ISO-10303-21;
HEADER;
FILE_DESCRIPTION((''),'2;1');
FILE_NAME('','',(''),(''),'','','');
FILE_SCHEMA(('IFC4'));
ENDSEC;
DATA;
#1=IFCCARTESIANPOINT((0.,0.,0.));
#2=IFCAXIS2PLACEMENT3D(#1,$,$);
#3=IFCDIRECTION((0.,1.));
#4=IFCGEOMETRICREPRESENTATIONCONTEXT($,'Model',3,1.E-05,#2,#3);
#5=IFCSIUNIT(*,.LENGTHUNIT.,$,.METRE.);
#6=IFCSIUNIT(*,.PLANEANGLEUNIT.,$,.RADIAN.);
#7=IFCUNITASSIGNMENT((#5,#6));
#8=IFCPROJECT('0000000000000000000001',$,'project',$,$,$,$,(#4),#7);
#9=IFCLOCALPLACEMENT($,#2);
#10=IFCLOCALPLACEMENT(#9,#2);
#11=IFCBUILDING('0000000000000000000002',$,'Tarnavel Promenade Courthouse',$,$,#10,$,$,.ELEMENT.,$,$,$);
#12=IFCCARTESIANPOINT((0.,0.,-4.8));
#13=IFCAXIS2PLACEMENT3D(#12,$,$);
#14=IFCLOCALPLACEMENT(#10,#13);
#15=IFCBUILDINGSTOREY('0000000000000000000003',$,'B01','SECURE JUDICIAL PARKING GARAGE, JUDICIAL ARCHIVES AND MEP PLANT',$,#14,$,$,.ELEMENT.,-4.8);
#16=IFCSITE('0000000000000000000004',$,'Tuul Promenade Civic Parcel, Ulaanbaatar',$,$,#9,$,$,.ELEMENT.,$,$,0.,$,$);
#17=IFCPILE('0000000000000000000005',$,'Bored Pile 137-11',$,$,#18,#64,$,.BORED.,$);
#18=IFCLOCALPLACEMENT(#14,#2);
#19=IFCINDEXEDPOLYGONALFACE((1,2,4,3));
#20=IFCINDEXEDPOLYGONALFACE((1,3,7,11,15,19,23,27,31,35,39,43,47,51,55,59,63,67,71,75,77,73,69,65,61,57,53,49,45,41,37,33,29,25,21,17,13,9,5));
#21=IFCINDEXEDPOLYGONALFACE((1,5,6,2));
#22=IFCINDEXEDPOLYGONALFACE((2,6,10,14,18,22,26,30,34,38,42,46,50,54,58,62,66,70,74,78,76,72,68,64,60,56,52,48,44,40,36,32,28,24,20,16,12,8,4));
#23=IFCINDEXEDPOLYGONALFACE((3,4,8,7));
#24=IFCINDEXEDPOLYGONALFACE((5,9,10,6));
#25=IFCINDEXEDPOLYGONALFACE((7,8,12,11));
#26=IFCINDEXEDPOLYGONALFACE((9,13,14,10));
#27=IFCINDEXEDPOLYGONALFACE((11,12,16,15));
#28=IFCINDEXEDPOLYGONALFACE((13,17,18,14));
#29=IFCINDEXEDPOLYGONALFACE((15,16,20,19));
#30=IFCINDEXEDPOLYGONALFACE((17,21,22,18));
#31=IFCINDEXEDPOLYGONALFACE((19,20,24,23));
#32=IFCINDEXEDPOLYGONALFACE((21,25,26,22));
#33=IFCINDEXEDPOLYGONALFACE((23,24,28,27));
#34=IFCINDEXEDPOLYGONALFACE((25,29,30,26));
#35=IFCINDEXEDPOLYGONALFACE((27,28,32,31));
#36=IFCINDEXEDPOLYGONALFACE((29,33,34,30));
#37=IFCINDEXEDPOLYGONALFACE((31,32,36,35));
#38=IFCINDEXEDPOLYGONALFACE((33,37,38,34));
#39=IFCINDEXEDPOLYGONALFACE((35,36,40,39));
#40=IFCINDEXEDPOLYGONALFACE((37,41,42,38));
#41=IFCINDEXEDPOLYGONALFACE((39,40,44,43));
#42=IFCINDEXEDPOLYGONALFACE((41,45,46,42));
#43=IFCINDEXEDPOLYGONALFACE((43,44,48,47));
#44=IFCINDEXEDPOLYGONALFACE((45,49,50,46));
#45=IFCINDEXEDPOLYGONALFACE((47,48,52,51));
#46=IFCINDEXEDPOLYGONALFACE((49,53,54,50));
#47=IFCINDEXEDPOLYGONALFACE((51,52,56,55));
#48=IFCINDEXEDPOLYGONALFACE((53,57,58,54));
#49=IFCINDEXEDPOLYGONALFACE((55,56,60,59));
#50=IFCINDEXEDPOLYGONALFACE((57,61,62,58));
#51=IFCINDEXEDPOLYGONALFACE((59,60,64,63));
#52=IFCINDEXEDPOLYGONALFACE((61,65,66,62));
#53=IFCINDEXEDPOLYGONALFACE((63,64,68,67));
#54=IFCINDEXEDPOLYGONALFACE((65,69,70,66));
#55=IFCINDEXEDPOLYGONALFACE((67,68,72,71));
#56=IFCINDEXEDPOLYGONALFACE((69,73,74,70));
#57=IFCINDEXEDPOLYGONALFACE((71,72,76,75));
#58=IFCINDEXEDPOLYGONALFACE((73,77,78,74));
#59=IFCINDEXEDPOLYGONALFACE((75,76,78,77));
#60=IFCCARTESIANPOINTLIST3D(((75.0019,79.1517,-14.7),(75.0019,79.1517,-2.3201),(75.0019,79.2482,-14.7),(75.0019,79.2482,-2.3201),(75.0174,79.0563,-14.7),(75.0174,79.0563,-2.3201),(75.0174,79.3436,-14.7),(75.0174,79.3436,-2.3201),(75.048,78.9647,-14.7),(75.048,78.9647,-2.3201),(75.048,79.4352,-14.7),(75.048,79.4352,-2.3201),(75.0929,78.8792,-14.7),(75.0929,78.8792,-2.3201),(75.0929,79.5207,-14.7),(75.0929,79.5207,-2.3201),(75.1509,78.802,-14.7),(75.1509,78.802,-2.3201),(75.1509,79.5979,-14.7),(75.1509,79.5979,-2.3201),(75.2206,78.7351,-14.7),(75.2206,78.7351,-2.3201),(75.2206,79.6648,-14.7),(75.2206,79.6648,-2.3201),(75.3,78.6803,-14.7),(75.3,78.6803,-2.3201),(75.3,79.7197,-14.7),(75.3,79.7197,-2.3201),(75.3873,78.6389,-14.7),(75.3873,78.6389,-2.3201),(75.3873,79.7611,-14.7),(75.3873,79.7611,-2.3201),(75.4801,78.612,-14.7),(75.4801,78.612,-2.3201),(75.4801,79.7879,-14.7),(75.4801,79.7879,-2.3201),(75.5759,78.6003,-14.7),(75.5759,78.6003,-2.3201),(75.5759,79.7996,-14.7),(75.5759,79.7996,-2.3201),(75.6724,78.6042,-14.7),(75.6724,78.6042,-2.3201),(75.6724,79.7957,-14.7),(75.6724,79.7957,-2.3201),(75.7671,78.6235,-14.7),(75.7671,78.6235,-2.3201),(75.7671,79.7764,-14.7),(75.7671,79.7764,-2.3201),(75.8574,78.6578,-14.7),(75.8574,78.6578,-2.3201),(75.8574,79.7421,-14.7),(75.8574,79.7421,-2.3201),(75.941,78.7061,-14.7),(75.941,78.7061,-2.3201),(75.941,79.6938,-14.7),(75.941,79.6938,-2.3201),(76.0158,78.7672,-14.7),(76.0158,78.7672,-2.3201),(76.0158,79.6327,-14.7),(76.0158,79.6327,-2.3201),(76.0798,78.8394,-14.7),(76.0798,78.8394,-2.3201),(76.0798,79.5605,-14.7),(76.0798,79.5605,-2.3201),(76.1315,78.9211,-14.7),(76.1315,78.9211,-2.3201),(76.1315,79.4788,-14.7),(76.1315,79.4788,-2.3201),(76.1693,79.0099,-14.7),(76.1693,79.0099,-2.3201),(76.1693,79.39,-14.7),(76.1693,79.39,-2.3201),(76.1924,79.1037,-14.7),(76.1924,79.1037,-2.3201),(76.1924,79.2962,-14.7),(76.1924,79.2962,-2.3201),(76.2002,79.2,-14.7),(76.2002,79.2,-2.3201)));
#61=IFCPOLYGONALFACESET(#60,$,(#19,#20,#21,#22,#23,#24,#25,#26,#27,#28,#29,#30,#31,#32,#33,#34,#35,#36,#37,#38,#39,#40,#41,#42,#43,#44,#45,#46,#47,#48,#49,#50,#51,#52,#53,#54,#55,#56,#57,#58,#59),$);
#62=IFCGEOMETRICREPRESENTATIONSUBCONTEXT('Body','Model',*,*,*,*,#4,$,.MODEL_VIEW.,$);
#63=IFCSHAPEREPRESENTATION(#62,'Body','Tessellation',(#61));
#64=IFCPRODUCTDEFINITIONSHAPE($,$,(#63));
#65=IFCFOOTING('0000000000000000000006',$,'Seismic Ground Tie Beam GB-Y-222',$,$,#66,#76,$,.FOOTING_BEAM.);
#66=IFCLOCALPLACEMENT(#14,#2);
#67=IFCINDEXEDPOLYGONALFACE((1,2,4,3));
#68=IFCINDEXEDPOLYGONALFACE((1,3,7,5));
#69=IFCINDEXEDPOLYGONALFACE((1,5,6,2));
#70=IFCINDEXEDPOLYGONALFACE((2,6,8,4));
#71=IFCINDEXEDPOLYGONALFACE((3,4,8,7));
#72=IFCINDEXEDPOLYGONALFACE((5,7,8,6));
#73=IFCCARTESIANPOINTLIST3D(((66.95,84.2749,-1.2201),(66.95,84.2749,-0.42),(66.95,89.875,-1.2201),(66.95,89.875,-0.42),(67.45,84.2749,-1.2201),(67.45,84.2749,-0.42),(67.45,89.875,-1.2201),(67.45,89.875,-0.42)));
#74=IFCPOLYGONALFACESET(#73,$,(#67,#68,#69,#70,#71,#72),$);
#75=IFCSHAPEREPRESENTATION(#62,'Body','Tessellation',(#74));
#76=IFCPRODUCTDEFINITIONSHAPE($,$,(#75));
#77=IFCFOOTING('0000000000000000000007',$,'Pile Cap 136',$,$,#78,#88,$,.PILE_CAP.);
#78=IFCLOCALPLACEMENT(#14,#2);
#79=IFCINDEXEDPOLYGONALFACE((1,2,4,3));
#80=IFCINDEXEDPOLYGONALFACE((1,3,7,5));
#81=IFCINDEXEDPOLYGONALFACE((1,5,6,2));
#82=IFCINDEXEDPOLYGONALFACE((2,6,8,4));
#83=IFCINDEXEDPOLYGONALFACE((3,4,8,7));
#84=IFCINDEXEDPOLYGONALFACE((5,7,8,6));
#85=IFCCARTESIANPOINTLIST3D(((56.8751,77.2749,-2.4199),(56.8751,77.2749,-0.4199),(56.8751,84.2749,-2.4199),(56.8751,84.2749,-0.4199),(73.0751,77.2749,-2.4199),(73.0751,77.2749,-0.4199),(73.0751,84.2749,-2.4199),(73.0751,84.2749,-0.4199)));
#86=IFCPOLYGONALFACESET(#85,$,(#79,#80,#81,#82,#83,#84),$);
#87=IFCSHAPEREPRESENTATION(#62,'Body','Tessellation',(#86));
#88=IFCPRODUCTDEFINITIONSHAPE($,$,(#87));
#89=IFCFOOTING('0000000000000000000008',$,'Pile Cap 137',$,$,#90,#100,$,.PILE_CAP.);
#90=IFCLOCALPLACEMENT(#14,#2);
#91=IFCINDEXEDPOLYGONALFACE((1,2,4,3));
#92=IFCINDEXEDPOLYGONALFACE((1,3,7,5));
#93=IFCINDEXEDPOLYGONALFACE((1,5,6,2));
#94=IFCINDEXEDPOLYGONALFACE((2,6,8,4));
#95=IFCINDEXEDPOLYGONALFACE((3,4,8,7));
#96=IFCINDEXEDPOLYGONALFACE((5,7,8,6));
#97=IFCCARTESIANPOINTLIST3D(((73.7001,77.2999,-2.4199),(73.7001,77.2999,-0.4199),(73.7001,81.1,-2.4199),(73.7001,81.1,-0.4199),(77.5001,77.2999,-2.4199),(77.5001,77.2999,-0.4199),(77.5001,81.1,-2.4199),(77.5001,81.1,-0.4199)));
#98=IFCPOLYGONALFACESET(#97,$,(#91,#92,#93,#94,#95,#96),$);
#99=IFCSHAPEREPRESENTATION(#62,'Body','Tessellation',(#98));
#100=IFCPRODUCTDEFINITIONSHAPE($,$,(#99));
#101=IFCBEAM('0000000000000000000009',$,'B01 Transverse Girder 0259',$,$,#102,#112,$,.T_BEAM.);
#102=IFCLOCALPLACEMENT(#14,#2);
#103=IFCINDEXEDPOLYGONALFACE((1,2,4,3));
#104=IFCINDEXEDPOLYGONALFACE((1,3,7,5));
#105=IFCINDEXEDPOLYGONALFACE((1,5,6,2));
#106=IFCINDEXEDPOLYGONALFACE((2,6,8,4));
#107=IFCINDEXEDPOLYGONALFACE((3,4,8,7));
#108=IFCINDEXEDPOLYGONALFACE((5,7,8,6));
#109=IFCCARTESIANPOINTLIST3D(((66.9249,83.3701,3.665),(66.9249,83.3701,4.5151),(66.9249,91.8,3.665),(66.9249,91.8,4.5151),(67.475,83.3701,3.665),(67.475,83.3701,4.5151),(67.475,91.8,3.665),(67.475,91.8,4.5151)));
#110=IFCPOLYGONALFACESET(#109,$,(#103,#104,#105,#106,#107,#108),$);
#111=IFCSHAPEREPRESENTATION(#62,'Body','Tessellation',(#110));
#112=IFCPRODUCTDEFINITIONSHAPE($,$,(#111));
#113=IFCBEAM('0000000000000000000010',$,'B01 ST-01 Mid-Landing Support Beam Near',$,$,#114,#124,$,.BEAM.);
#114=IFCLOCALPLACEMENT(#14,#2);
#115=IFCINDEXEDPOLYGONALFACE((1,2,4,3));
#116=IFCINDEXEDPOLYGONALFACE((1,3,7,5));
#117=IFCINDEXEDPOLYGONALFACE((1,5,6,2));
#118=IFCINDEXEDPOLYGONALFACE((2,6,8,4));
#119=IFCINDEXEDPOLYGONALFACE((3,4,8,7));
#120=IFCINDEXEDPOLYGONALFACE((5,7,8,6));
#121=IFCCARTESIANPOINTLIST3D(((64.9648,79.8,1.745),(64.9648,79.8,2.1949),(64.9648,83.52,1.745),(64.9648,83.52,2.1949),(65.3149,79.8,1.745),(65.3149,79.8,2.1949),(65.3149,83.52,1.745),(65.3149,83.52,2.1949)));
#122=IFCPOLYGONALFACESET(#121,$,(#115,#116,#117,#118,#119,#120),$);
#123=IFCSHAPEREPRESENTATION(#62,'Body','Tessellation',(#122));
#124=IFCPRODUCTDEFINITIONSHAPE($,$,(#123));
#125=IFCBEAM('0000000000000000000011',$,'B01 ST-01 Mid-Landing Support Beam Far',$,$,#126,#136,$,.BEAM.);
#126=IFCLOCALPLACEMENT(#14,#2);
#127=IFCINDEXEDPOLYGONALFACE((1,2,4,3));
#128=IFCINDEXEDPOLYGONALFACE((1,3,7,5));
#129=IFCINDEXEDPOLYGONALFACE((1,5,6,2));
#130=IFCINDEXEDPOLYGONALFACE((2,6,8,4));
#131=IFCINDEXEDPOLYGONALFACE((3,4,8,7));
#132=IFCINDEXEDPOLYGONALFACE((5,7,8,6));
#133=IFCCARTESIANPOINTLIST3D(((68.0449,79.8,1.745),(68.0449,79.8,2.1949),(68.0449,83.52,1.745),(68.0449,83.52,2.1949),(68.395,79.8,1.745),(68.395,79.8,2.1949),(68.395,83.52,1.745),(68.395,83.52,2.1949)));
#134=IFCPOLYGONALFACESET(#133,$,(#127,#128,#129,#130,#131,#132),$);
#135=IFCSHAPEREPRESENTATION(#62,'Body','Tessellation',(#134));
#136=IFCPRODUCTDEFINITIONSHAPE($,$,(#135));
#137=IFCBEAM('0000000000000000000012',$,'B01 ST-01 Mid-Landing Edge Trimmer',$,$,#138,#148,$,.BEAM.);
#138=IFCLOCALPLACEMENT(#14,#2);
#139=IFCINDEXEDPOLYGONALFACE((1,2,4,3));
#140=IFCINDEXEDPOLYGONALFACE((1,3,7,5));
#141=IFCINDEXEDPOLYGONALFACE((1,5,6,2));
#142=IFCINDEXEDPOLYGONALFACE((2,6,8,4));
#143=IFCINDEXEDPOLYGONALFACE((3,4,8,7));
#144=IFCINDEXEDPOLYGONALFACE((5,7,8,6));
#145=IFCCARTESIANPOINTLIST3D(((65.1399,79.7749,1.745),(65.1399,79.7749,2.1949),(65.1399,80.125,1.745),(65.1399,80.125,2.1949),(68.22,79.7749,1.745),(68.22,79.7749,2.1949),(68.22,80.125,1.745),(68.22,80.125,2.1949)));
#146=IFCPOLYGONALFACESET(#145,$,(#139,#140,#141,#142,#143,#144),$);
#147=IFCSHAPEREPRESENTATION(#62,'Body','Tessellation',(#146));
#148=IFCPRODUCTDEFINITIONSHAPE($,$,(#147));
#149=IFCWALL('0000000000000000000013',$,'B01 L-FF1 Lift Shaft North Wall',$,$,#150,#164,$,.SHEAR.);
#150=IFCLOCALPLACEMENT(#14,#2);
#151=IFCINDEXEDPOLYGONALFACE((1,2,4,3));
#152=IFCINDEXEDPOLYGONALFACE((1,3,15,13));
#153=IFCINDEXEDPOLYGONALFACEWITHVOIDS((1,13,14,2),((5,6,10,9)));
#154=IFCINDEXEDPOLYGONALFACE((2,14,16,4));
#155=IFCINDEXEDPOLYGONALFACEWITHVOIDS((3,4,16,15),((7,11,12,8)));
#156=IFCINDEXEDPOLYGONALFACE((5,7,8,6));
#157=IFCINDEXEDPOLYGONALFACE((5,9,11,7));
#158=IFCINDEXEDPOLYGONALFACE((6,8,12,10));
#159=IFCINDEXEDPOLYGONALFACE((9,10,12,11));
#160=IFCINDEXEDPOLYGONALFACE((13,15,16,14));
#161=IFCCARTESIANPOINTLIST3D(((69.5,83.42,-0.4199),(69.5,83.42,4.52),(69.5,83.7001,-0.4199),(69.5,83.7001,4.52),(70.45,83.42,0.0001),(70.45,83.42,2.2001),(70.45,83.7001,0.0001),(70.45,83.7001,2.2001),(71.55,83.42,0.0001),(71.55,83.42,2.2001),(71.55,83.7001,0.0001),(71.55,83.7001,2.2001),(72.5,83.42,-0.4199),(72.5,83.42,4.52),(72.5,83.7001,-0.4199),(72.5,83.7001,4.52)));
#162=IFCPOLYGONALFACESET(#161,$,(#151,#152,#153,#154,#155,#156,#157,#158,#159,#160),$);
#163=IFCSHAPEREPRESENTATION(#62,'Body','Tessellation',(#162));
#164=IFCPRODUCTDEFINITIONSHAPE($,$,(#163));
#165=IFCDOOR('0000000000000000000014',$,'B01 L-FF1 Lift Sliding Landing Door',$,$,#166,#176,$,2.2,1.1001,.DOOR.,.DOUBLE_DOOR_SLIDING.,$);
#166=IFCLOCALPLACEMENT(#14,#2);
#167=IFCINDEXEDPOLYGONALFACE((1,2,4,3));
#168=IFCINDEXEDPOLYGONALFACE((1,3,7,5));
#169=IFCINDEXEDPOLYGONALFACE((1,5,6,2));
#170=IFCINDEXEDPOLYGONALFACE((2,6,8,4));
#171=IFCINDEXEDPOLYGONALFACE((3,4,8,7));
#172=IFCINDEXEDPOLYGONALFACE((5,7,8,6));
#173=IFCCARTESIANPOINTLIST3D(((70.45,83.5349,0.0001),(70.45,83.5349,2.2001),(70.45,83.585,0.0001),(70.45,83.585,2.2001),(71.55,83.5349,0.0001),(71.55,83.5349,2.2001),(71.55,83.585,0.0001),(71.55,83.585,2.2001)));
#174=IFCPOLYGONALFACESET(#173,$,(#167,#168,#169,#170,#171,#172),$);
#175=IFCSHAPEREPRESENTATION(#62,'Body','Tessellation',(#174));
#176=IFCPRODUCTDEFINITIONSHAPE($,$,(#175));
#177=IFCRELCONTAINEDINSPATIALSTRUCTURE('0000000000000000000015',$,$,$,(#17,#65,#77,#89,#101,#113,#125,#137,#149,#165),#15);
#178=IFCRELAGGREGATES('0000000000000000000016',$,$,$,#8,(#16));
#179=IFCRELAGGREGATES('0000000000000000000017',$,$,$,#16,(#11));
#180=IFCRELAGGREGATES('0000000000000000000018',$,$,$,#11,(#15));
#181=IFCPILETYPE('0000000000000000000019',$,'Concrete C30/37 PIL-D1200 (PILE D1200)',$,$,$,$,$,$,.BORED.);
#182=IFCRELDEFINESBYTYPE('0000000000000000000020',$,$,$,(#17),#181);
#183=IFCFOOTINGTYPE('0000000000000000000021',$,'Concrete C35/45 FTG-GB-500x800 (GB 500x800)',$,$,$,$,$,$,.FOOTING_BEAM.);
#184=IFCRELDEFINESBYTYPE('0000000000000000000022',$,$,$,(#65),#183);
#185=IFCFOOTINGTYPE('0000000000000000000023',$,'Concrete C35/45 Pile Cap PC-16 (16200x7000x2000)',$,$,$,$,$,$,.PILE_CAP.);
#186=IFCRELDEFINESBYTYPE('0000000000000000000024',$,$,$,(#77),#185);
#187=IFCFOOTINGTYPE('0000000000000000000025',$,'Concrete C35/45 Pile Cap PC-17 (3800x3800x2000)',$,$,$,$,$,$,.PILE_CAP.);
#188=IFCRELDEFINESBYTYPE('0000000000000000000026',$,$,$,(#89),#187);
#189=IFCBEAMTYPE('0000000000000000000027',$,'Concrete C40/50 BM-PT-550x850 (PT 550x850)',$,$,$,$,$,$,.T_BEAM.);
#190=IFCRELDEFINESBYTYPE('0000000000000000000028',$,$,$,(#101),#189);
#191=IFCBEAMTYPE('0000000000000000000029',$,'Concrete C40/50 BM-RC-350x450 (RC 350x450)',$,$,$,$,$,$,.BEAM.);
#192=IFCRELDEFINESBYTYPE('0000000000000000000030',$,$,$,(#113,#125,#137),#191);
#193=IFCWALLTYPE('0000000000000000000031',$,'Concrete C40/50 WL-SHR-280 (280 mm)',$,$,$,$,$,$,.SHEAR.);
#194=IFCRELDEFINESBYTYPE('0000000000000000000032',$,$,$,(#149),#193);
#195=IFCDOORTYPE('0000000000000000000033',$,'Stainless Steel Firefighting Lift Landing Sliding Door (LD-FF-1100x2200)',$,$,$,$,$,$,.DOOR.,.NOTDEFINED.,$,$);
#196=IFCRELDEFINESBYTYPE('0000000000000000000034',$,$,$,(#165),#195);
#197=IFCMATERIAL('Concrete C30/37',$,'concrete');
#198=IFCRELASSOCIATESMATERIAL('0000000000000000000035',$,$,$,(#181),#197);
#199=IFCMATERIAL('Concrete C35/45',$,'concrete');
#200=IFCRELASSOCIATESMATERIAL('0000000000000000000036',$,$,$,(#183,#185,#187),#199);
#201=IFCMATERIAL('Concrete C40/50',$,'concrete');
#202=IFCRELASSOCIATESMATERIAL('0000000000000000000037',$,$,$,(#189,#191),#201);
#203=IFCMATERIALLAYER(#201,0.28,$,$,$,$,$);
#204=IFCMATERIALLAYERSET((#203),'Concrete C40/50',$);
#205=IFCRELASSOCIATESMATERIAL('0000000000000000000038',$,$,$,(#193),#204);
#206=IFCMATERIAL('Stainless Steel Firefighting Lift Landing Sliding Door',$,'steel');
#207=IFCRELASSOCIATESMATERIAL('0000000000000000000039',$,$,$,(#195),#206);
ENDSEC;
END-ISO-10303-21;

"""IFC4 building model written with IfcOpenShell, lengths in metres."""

from ifc_helpers import new_model, si_unit, direction, frame, frame_2d, origin, origin_2d, place, context, subcontext, project, spatial, rectangle, circle, extrude, material, layer, layer_set, material_profile, profile_set, type_object, element, fill, save


model = new_model("IFC4")

# Units and contexts
model_context = context("Model", 3, precision=1e-05, world=origin(), true_north=direction((0.0, 1.0)))
body_context = subcontext(model_context, "Body", "Model", "MODEL_VIEW")
ifc_project = project(units=[si_unit("LENGTHUNIT", "METRE"), si_unit("PLANEANGLEUNIT", "RADIAN")], contexts=[model_context])

# Site, building, storey
site_placement = place(None, origin())
site = spatial("IfcSite", under=ifc_project, at=site_placement, Name="Tuul Promenade Civic Parcel, Ulaanbaatar", CompositionType="ELEMENT", RefElevation=0.0)
building_placement = place(site_placement, origin())
building = spatial("IfcBuilding", under=site, at=building_placement, Name="Tarnavel Promenade Courthouse", CompositionType="ELEMENT")
storey_placement = place(building_placement, frame((0.0, 0.0, -4.8)))
storey = spatial("IfcBuildingStorey", under=building, at=storey_placement, Name="B01", Description="SECURE JUDICIAL PARKING GARAGE, JUDICIAL ARCHIVES AND MEP PLANT", CompositionType="ELEMENT", Elevation=-4.8)

# Pile
ifc_material_1 = material(Name="Concrete C30/37", Category="concrete")
ifc_material_profile_1 = material_profile(ifc_material_1, circle(Radius=0.6001, at=origin_2d()), Name="PILE D1200")
ifc_profile_set_1 = profile_set([ifc_material_profile_1], Name="Concrete C30/37")
pile_type = type_object("IfcPileType", Name="Concrete C30/37 PIL-D1200 (PILE D1200)", PredefinedType="BORED", material=ifc_profile_set_1)
for number, where, z_axis, x_axis, name in (
    (1, (75.6001, 79.2, -2.3201), (0.0, 0.0, -1.0), (1.0, 0.0, 0.0), "Bored Pile 137-11"),
):
    element("IfcPile", number, at=place(storey_placement, frame(where, z_axis=z_axis, x_axis=x_axis)), inside=storey, type_object=pile_type, Name=name, PredefinedType="BORED", context=body_context, shape_type="SweptSolid", body=[
        extrude(circle(Radius=0.6001, at=origin_2d()), origin(), (0.0, 0.0, 1.0), 12.3799),
    ])

# Footings
ifc_material_2 = material(Name="Concrete C35/45", Category="concrete")
ifc_material_profile_2 = material_profile(ifc_material_2, rectangle(XDim=0.5, YDim=0.8, at=origin_2d()), Name="GB 500x800")
ifc_profile_set_2 = profile_set([ifc_material_profile_2], Name="Concrete C35/45")
footing_type_1 = type_object("IfcFootingType", Name="Concrete C35/45 FTG-GB-500x800 (GB 500x800)", PredefinedType="FOOTING_BEAM", material=ifc_profile_set_2)
footing_1_placement = place(storey_placement, frame((67.2, 84.2749, -0.8201), z_axis=(0.0, 1.0, 0.0), x_axis=(-1.0, 0.0, 0.0)))
element("IfcFooting", 2, at=footing_1_placement, inside=storey, type_object=footing_type_1, Name="Seismic Ground Tie Beam GB-Y-222", PredefinedType="FOOTING_BEAM", context=body_context, shape_type="SweptSolid", body=[
    extrude(rectangle(XDim=0.5, YDim=0.8, at=origin_2d()), origin(), (0.0, 0.0, 1.0), 5.6001),
])
footing_type_2 = type_object("IfcFootingType", Name="Concrete C35/45 Pile Cap PC-16 (16200x7000x2000)", PredefinedType="PILE_CAP", material=ifc_material_2)
footing_2_placement = place(storey_placement, frame((64.9751, 80.7749, -2.4199), z_axis=(0.0, 0.0, 1.0), x_axis=(1.0, 0.0, 0.0)))
element("IfcFooting", 3, at=footing_2_placement, inside=storey, type_object=footing_type_2, Name="Pile Cap 136", PredefinedType="PILE_CAP", context=body_context, shape_type="SweptSolid", body=[
    extrude(rectangle(XDim=16.2, YDim=7.0, at=origin_2d()), origin(), (0.0, 0.0, 1.0), 2.0),
])
footing_type_3 = type_object("IfcFootingType", Name="Concrete C35/45 Pile Cap PC-17 (3800x3800x2000)", PredefinedType="PILE_CAP", material=ifc_material_2)
footing_3_placement = place(storey_placement, frame((75.6001, 79.2, -2.4199), z_axis=(0.0, 0.0, 1.0), x_axis=(1.0, 0.0, 0.0)))
element("IfcFooting", 4, at=footing_3_placement, inside=storey, type_object=footing_type_3, Name="Pile Cap 137", PredefinedType="PILE_CAP", context=body_context, shape_type="SweptSolid", body=[
    extrude(rectangle(XDim=3.8, YDim=3.8, at=origin_2d()), origin(), (0.0, 0.0, 1.0), 2.0),
])

# Beams
ifc_material_3 = material(Name="Concrete C40/50", Category="concrete")
ifc_material_profile_3 = material_profile(ifc_material_3, rectangle(XDim=0.55, YDim=0.8501, at=origin_2d()), Name="PT 550x850")
ifc_profile_set_3 = profile_set([ifc_material_profile_3], Name="Concrete C40/50")
beam_type_1 = type_object("IfcBeamType", Name="Concrete C40/50 BM-PT-550x850 (PT 550x850)", PredefinedType="T_BEAM", material=ifc_profile_set_3)
beam_1_placement = place(storey_placement, frame((67.2, 83.3701, 4.0901), z_axis=(0.0, 1.0, 0.0), x_axis=(-1.0, 0.0, 0.0)))
element("IfcBeam", 5, at=beam_1_placement, inside=storey, type_object=beam_type_1, Name="B01 Transverse Girder 0259", PredefinedType="T_BEAM", context=body_context, shape_type="SweptSolid", body=[
    extrude(rectangle(XDim=0.55, YDim=0.8501, at=origin_2d()), origin(), (0.0, 0.0, 1.0), 8.4299),
])
ifc_material_profile_4 = material_profile(ifc_material_3, rectangle(XDim=0.3501, YDim=0.45, at=origin_2d()), Name="RC 350x450")
ifc_profile_set_4 = profile_set([ifc_material_profile_4], Name="Concrete C40/50")
beam_type_2 = type_object("IfcBeamType", Name="Concrete C40/50 BM-RC-350x450 (RC 350x450)", PredefinedType="BEAM", material=ifc_profile_set_4)
for number, where, z_axis, x_axis, name in (
    (6, (65.1399, 79.8, 1.97), (0.0, 1.0, 0.0), (-1.0, 0.0, 0.0), "B01 ST-01 Mid-Landing Support Beam Near"),
    (7, (68.22, 79.8, 1.97), (0.0, 1.0, 0.0), (-1.0, 0.0, 0.0), "B01 ST-01 Mid-Landing Support Beam Far"),
):
    element("IfcBeam", number, at=place(storey_placement, frame(where, z_axis=z_axis, x_axis=x_axis)), inside=storey, type_object=beam_type_2, Name=name, PredefinedType="BEAM", context=body_context, shape_type="SweptSolid", body=[
        extrude(rectangle(XDim=0.3501, YDim=0.45, at=origin_2d()), origin(), (0.0, 0.0, 1.0), 3.72),
    ])
beam_2_placement = place(storey_placement, frame((65.1399, 79.95, 1.97), z_axis=(1.0, 0.0, 0.0), x_axis=(0.0, 1.0, 0.0)))
element("IfcBeam", 8, at=beam_2_placement, inside=storey, type_object=beam_type_2, Name="B01 ST-01 Mid-Landing Edge Trimmer", PredefinedType="BEAM", context=body_context, shape_type="SweptSolid", body=[
    extrude(rectangle(XDim=0.3501, YDim=0.45, at=origin_2d()), origin(), (0.0, 0.0, 1.0), 3.0801),
])

# Wall, opening, door
ifc_layer_1 = layer(ifc_material_3, 0.28)
ifc_layer_set_1 = layer_set([ifc_layer_1], Name="Concrete C40/50")
wall_type_1 = type_object("IfcWallType", Name="Concrete C40/50 WL-SHR-280 (280 mm)", PredefinedType="SHEAR", material=ifc_layer_set_1)
wall_1_placement = place(storey_placement, frame((69.5, 83.5601, -0.4199), z_axis=(0.0, 0.0, 1.0), x_axis=(1.0, 0.0, 0.0)))
wall_1 = element("IfcWall", 9, at=wall_1_placement, inside=storey, type_object=wall_type_1, Name="B01 L-FF1 Lift Shaft North Wall", PredefinedType="SHEAR", context=body_context, shape_type="SweptSolid", body=[
    extrude(rectangle(XDim=3.0, YDim=0.28, at=frame_2d((1.5, 0.0))), origin(), (0.0, 0.0, 1.0), 4.9399),
])
opening_placement = place(wall_1_placement, frame((0.95, 0.0, 0.4199)))
opening = element("IfcOpeningElement", 10, at=opening_placement, cuts=wall_1, PredefinedType="OPENING", context=body_context, shape_type="SweptSolid", body=[
    extrude(rectangle(XDim=1.1001, YDim=2.2, at=frame_2d((0.55, 1.1001))), frame((0.0, 0.1499, 0.0), z_axis=(0.0, -1.0, 0.0), x_axis=(1.0, 0.0, 0.0)), (0.0, 0.0, 1.0), 0.3),
])
ifc_material_4 = material(Name="Stainless Steel Firefighting Lift Landing Sliding Door", Category="steel")
door_type = type_object("IfcDoorType", Name="Stainless Steel Firefighting Lift Landing Sliding Door (LD-FF-1100x2200)", OperationType="NOTDEFINED", PredefinedType="DOOR", material=ifc_material_4)
door_placement = place(opening_placement, origin())
door = element("IfcDoor", 11, at=door_placement, inside=storey, type_object=door_type, Name="B01 L-FF1 Lift Sliding Landing Door", OperationType="DOUBLE_DOOR_SLIDING", OverallHeight=2.2, OverallWidth=1.1001, PredefinedType="DOOR", context=body_context, shape_type="SweptSolid", body=[
    extrude(rectangle(XDim=1.1001, YDim=2.2, at=frame_2d((0.55, 1.1001))), frame((0.0, 0.0249, 0.0), z_axis=(0.0, -1.0, 0.0), x_axis=(1.0, 0.0, 0.0)), (0.0, 0.0, 1.0), 0.05),
])
fill(opening, door)

save(model, "model.ifc")
